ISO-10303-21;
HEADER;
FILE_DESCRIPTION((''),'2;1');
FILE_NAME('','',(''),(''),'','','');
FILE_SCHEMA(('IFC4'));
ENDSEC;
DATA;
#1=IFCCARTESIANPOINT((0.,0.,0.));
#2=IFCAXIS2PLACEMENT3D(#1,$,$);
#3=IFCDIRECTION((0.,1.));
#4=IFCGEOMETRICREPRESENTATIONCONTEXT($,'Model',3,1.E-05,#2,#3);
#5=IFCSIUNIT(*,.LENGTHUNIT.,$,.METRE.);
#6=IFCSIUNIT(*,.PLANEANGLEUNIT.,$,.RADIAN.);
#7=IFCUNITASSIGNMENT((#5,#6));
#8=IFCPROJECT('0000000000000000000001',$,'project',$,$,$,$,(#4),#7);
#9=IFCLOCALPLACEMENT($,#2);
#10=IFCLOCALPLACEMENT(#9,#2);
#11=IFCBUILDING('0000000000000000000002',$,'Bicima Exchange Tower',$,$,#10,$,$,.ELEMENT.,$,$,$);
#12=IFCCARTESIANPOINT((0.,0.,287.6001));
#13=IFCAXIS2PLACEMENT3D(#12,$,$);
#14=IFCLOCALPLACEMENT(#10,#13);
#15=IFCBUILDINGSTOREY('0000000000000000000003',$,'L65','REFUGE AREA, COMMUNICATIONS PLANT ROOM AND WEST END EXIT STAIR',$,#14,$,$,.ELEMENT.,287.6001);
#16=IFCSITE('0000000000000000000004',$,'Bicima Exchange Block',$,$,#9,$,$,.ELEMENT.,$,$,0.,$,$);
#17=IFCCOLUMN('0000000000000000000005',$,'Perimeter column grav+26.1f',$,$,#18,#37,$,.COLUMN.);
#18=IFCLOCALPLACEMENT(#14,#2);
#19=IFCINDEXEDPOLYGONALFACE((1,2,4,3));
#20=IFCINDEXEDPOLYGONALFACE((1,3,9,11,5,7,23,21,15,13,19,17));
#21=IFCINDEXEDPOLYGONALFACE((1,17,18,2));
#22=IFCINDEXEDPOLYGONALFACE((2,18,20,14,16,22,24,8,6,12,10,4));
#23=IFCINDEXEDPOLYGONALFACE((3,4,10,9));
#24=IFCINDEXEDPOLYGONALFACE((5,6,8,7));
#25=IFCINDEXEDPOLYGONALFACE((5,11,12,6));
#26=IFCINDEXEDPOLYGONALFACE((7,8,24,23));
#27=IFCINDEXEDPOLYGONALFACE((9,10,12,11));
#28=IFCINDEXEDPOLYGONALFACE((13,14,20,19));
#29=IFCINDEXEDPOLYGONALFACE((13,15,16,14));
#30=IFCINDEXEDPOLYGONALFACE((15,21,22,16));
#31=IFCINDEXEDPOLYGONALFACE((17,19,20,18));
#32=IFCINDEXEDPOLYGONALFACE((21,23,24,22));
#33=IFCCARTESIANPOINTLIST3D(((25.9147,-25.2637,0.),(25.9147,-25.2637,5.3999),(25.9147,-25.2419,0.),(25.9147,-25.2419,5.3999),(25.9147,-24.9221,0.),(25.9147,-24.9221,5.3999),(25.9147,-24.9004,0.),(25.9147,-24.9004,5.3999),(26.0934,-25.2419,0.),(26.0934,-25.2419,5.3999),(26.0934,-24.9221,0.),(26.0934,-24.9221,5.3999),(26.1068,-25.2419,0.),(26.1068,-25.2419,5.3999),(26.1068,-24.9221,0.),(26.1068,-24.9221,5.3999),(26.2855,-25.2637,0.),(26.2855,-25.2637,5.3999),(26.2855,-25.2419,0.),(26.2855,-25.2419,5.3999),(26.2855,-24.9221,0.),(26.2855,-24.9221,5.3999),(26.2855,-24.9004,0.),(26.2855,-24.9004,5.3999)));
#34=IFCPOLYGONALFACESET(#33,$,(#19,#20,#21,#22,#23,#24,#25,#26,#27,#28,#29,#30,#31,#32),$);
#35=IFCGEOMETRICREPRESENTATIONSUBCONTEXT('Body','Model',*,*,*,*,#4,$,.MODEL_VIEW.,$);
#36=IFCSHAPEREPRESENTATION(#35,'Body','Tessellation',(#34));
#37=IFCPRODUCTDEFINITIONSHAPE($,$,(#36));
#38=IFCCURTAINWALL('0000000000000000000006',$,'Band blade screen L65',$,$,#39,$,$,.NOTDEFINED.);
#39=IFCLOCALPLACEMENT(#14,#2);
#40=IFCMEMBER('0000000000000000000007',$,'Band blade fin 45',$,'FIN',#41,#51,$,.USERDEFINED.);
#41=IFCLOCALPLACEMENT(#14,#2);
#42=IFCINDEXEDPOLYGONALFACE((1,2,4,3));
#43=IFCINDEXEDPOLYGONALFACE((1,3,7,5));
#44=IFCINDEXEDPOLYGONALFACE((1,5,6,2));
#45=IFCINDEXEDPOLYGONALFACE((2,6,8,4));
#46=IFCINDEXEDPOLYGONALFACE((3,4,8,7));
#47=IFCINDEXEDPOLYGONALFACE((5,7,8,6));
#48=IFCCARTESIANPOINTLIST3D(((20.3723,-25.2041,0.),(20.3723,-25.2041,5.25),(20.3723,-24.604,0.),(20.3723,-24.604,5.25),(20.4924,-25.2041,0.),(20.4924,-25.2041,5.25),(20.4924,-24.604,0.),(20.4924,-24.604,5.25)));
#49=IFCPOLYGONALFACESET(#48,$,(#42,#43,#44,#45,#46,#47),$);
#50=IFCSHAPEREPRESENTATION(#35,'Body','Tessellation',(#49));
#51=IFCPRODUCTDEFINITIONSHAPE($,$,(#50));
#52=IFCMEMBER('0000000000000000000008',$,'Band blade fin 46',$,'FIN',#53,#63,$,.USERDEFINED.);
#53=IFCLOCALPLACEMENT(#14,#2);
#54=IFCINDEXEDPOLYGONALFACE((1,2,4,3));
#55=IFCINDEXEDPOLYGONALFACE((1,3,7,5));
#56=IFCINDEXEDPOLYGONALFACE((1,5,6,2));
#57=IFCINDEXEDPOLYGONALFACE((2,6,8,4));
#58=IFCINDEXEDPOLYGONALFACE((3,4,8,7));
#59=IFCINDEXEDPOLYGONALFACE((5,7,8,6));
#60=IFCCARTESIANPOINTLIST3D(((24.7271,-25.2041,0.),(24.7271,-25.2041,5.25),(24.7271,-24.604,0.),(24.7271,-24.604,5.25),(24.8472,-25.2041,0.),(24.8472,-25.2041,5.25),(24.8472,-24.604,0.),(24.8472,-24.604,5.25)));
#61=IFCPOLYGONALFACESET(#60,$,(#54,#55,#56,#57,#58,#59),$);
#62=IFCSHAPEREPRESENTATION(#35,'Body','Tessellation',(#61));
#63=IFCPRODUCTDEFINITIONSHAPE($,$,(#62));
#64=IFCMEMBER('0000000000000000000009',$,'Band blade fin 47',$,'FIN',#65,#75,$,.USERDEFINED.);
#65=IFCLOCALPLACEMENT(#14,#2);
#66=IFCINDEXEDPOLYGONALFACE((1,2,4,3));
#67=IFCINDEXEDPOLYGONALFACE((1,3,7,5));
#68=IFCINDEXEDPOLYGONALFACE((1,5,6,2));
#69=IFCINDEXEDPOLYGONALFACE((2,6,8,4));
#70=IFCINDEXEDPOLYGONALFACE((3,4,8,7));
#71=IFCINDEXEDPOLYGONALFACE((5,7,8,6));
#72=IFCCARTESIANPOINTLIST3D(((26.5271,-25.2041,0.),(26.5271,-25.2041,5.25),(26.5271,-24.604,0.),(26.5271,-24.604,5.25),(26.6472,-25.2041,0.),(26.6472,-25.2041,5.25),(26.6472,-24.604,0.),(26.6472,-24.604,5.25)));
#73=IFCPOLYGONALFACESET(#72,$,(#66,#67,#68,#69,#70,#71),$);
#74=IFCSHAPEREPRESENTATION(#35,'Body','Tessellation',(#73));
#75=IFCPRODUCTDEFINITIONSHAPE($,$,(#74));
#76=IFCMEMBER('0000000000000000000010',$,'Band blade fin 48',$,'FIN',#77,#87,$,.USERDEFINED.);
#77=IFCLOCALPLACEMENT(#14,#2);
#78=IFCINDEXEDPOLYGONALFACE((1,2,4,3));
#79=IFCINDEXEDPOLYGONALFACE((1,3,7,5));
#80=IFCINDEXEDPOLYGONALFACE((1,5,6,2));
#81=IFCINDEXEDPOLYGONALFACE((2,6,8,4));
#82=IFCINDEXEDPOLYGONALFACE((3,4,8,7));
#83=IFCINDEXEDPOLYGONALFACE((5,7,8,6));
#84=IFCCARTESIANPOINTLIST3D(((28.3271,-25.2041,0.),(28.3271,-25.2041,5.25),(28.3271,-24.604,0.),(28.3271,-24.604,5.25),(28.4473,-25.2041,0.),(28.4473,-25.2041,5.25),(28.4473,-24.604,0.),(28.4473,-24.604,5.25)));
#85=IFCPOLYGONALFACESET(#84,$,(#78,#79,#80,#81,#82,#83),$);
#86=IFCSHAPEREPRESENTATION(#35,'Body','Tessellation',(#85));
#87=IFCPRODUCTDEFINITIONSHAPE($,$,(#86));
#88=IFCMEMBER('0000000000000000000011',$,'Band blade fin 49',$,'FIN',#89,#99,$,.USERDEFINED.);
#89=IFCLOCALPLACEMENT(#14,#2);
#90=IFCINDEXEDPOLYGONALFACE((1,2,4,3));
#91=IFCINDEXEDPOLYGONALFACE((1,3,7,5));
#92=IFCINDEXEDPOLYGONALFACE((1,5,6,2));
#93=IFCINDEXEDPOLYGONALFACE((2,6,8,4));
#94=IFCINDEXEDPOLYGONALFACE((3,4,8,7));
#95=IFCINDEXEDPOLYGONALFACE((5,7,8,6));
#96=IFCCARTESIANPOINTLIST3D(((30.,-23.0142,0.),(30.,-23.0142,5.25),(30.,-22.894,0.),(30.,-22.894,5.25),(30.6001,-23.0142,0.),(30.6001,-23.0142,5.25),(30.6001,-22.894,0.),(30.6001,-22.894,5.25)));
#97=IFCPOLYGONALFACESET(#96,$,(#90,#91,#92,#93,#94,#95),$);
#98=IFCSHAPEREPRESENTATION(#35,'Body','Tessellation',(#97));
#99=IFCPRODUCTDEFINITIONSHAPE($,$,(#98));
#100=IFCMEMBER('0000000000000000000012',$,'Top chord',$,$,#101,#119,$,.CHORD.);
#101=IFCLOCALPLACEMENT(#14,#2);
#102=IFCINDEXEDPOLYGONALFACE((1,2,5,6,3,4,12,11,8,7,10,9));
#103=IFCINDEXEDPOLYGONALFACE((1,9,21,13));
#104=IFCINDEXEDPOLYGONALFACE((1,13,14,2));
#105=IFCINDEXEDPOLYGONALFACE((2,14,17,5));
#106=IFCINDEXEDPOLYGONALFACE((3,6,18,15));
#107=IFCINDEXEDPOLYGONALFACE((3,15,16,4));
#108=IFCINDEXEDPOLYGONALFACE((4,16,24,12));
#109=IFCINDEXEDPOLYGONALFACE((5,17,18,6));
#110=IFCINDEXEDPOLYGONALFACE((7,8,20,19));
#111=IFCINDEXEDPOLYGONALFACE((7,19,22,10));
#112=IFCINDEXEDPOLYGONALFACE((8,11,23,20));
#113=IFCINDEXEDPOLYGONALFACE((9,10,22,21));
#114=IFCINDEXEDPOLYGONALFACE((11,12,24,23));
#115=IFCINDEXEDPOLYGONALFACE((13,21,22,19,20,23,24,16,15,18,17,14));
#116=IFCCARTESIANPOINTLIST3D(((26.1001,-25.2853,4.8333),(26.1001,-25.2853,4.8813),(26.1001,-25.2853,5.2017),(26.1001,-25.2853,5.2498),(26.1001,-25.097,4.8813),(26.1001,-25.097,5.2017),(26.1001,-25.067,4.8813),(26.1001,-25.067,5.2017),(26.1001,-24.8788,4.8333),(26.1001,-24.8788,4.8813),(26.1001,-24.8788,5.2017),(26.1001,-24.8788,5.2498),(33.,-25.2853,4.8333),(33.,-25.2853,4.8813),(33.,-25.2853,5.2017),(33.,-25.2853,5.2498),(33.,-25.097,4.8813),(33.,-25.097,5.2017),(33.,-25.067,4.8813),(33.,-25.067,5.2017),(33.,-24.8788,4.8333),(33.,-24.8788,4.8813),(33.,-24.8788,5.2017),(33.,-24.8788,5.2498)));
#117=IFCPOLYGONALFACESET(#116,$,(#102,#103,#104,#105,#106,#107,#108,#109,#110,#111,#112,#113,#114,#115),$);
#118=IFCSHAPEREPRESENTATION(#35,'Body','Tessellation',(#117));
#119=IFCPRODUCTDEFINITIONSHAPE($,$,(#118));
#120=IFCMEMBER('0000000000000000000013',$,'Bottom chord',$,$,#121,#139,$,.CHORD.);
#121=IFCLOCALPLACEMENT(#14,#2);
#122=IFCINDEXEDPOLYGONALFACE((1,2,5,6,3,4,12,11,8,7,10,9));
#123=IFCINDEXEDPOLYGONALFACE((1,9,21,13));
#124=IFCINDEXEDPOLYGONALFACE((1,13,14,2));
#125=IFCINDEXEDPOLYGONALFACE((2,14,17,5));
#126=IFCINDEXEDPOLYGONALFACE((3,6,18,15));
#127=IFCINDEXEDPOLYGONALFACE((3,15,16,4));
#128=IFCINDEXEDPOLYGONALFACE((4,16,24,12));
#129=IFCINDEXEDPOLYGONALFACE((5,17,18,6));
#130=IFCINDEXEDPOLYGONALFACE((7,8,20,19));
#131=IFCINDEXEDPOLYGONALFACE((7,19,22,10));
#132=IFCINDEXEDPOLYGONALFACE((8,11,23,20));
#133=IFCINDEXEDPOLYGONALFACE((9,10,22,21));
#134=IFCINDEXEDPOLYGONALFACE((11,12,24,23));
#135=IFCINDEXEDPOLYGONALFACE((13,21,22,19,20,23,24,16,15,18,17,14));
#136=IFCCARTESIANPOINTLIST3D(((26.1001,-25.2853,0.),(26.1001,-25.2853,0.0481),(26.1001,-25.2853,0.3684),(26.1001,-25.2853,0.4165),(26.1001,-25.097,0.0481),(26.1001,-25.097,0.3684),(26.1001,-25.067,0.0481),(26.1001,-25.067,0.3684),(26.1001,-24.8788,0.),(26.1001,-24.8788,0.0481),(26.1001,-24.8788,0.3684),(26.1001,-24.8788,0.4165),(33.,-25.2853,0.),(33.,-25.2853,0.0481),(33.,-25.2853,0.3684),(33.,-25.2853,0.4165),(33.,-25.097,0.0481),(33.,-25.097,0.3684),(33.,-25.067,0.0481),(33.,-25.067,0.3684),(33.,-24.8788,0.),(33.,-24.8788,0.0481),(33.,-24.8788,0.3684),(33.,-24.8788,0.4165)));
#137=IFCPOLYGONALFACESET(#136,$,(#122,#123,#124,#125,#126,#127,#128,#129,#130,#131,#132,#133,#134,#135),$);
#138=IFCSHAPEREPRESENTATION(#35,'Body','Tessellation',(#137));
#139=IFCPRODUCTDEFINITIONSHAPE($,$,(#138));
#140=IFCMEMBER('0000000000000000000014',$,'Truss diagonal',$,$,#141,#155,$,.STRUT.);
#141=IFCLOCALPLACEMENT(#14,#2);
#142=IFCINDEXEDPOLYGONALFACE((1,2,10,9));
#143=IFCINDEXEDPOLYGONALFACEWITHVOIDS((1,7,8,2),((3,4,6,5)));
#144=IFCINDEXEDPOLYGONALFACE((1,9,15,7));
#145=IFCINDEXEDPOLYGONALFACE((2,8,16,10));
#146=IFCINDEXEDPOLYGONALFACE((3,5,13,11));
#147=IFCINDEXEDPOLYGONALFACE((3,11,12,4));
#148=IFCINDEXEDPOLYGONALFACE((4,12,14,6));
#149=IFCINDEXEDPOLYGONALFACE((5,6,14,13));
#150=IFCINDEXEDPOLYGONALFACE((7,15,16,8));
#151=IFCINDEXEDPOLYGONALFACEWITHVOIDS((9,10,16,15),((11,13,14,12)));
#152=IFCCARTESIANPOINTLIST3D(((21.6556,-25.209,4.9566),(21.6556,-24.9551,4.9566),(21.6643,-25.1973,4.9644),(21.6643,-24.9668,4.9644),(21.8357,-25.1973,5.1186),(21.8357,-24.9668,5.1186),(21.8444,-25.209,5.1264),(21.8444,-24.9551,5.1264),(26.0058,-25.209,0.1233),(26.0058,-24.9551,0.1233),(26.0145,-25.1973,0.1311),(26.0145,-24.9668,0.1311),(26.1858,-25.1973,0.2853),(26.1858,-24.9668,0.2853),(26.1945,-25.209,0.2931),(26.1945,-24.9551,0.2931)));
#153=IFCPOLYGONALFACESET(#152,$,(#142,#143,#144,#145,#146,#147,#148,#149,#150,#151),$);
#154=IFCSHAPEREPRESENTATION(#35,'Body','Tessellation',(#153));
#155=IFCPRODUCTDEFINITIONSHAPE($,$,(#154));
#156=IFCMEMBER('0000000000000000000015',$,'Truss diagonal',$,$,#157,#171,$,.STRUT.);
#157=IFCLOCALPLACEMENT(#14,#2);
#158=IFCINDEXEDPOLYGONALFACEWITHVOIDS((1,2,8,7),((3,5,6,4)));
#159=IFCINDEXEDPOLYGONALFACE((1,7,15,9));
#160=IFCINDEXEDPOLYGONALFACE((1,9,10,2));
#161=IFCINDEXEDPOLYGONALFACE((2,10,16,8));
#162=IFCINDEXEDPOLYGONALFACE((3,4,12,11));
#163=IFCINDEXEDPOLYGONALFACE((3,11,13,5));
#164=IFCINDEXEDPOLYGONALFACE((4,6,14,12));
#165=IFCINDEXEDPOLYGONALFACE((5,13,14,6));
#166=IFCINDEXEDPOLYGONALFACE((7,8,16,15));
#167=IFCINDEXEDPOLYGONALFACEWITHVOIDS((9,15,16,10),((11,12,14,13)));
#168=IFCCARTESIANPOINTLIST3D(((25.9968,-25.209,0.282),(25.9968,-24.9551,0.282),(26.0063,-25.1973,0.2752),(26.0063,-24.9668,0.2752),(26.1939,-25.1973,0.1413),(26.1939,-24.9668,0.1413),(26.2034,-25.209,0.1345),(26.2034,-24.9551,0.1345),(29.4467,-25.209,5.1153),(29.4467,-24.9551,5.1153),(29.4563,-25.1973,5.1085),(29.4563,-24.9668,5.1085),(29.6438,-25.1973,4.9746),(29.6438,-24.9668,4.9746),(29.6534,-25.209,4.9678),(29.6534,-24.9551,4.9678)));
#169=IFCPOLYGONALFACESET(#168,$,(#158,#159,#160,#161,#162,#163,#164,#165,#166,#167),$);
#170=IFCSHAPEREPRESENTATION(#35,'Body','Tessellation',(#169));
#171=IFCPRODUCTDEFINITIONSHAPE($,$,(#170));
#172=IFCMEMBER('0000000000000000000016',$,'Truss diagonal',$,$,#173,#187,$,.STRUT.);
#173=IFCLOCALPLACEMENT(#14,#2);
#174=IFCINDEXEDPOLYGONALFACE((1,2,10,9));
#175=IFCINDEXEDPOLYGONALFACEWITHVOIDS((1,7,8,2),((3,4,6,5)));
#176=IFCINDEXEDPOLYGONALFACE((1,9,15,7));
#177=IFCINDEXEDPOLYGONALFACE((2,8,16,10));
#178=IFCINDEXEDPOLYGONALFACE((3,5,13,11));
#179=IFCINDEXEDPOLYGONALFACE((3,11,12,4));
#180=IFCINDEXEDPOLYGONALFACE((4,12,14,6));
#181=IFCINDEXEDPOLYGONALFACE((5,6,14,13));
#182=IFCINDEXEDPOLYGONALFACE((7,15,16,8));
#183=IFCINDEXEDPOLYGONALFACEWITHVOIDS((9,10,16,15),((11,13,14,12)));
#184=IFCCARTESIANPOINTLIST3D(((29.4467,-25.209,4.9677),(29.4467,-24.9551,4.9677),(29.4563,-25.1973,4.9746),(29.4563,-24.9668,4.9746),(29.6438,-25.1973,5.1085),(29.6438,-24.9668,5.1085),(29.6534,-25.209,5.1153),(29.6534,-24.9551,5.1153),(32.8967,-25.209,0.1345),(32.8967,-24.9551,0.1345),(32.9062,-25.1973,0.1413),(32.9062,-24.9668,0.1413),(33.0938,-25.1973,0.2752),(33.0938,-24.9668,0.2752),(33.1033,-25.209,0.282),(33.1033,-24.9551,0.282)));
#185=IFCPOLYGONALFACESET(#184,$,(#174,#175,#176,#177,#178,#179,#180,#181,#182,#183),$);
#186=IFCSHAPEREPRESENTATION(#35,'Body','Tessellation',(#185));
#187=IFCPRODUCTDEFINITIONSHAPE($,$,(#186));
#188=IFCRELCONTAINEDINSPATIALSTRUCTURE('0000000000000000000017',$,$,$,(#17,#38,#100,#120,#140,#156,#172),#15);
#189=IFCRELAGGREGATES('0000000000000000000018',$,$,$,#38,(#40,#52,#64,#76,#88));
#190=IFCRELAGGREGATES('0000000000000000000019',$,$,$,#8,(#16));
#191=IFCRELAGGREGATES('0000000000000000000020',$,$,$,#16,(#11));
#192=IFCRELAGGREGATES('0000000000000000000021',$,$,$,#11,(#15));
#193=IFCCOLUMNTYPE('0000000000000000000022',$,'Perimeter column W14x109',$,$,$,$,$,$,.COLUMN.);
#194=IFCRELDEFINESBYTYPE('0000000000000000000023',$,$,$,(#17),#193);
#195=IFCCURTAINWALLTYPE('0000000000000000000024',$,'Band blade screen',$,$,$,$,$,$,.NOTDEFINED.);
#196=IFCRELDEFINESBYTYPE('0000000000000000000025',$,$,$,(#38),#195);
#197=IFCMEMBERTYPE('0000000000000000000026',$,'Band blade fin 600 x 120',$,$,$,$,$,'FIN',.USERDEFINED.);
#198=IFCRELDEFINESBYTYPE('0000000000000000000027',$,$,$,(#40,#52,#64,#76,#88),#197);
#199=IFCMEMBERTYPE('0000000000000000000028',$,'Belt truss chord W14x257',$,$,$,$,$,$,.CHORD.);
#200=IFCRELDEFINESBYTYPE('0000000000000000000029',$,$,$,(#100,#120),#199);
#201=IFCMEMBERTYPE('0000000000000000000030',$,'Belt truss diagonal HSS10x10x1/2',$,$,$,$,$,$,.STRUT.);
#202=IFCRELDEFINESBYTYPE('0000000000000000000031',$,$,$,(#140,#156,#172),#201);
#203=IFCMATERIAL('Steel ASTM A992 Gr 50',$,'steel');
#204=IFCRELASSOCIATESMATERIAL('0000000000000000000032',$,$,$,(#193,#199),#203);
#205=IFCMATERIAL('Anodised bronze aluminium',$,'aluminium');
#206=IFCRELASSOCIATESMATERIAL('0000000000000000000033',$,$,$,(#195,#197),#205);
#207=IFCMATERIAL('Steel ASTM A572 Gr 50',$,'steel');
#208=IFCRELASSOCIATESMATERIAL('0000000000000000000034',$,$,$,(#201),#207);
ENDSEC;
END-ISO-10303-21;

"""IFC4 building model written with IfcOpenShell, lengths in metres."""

from ifc_helpers import new_model, si_unit, direction, frame, origin, origin_2d, place, context, subcontext, project, spatial, rectangle, hollow_rectangle, i_section, extrude, material, material_profile, profile_set, type_object, element, aggregate, save


model = new_model("IFC4")

# Units and contexts
model_context = context("Model", 3, precision=1e-05, world=origin(), true_north=direction((0.0, 1.0)))
body_context = subcontext(model_context, "Body", "Model", "MODEL_VIEW")
ifc_project = project(units=[si_unit("LENGTHUNIT", "METRE"), si_unit("PLANEANGLEUNIT", "RADIAN")], contexts=[model_context])

# Site, building, storey
site_placement = place(None, origin())
site = spatial("IfcSite", under=ifc_project, at=site_placement, Name="Bicima Exchange Block", CompositionType="ELEMENT", RefElevation=0.0)
building_placement = place(site_placement, origin())
building = spatial("IfcBuilding", under=site, at=building_placement, Name="Bicima Exchange Tower", CompositionType="ELEMENT")
storey_placement = place(building_placement, frame((0.0, 0.0, 287.6001)))
storey = spatial("IfcBuildingStorey", under=building, at=storey_placement, Name="L65", Description="REFUGE AREA, COMMUNICATIONS PLANT ROOM AND WEST END EXIT STAIR", CompositionType="ELEMENT", Elevation=287.6001)

# Column
ifc_material_1 = material(Name="Steel ASTM A992 Gr 50", Category="steel")
ifc_material_profile_1 = material_profile(ifc_material_1, i_section(OverallWidth=0.3708, OverallDepth=0.3633, WebThickness=0.0134, FlangeThickness=0.0217, at=origin_2d()))
ifc_profile_set_1 = profile_set([ifc_material_profile_1], Name="Steel ASTM A992 Gr 50")
column_type = type_object("IfcColumnType", Name="Perimeter column W14x109", PredefinedType="COLUMN", material=ifc_profile_set_1)
column_placement = place(storey_placement, frame((26.1001, -25.082, 0.0), z_axis=(0.0, 0.0, 1.0), x_axis=(1.0, 0.0, 0.0)))
element("IfcColumn", 1, at=column_placement, inside=storey, type_object=column_type, Name="Perimeter column grav+26.1f", PredefinedType="COLUMN", context=body_context, shape_type="SweptSolid", body=[
    extrude(i_section(OverallWidth=0.3708, OverallDepth=0.3633, WebThickness=0.0134, FlangeThickness=0.0217, at=origin_2d()), origin(), (0.0, 0.0, 1.0), 5.3999),
])

# Curtain wall, members
ifc_material_2 = material(Name="Anodised bronze aluminium", Category="aluminium")
curtain_wall_type = type_object("IfcCurtainWallType", Name="Band blade screen", PredefinedType="NOTDEFINED", material=ifc_material_2)
curtain_wall_placement = place(storey_placement, origin())
curtain_wall = element("IfcCurtainWall", 2, at=curtain_wall_placement, inside=storey, type_object=curtain_wall_type, Name="Band blade screen L65", PredefinedType="NOTDEFINED")
ifc_material_profile_2 = material_profile(ifc_material_2, rectangle(XDim=0.6001, YDim=0.1201, at=origin_2d()))
ifc_profile_set_2 = profile_set([ifc_material_profile_2], Name="Anodised bronze aluminium")
member_type_1 = type_object("IfcMemberType", Name="Band blade fin 600 x 120", ElementType="FIN", PredefinedType="USERDEFINED", material=ifc_profile_set_2)
member_1_placement = place(storey_placement, frame((20.4324, -24.9041, 0.0), z_axis=(0.0, 0.0, 1.0), x_axis=(0.0, 1.0, 0.0)))
member_1 = element("IfcMember", 3, at=member_1_placement, type_object=member_type_1, Name="Band blade fin 45", ObjectType="FIN", PredefinedType="USERDEFINED", context=body_context, shape_type="SweptSolid", body=[
    extrude(rectangle(XDim=0.6001, YDim=0.1201, at=origin_2d()), origin(), (0.0, 0.0, 1.0), 5.25),
])
member_2_placement = place(storey_placement, frame((24.7871, -24.9041, 0.0), z_axis=(0.0, 0.0, 1.0), x_axis=(0.0, 1.0, 0.0)))
member_2 = element("IfcMember", 4, at=member_2_placement, type_object=member_type_1, Name="Band blade fin 46", ObjectType="FIN", PredefinedType="USERDEFINED", context=body_context, shape_type="SweptSolid", body=[
    extrude(rectangle(XDim=0.6001, YDim=0.1201, at=origin_2d()), origin(), (0.0, 0.0, 1.0), 5.25),
])
member_3_placement = place(storey_placement, frame((26.5872, -24.9041, 0.0), z_axis=(0.0, 0.0, 1.0), x_axis=(0.0, 1.0, 0.0)))
member_3 = element("IfcMember", 5, at=member_3_placement, type_object=member_type_1, Name="Band blade fin 47", ObjectType="FIN", PredefinedType="USERDEFINED", context=body_context, shape_type="SweptSolid", body=[
    extrude(rectangle(XDim=0.6001, YDim=0.1201, at=origin_2d()), origin(), (0.0, 0.0, 1.0), 5.25),
])
member_4_placement = place(storey_placement, frame((28.3872, -24.9041, 0.0), z_axis=(0.0, 0.0, 1.0), x_axis=(0.0, 1.0, 0.0)))
member_4 = element("IfcMember", 6, at=member_4_placement, type_object=member_type_1, Name="Band blade fin 48", ObjectType="FIN", PredefinedType="USERDEFINED", context=body_context, shape_type="SweptSolid", body=[
    extrude(rectangle(XDim=0.6001, YDim=0.1201, at=origin_2d()), origin(), (0.0, 0.0, 1.0), 5.25),
])
member_5_placement = place(storey_placement, frame((30.3, -22.9541, 0.0), z_axis=(0.0, 0.0, 1.0), x_axis=(-1.0, 0.0, 0.0)))
member_5 = element("IfcMember", 7, at=member_5_placement, type_object=member_type_1, Name="Band blade fin 49", ObjectType="FIN", PredefinedType="USERDEFINED", context=body_context, shape_type="SweptSolid", body=[
    extrude(rectangle(XDim=0.6001, YDim=0.1201, at=origin_2d()), origin(), (0.0, 0.0, 1.0), 5.25),
])
aggregate(curtain_wall, [member_1, member_2, member_3, member_4, member_5])

# Members
ifc_material_profile_3 = material_profile(ifc_material_1, i_section(OverallWidth=0.4065, OverallDepth=0.4165, WebThickness=0.03, FlangeThickness=0.0481, at=origin_2d()))
ifc_profile_set_3 = profile_set([ifc_material_profile_3], Name="Steel ASTM A992 Gr 50")
member_type_2 = type_object("IfcMemberType", Name="Belt truss chord W14x257", PredefinedType="CHORD", material=ifc_profile_set_3)
for number, where, z_axis, x_axis, name in (
    (8, (26.1001, -25.082, 5.0415), (1.0, 0.0, 0.0), (0.0, 1.0, 0.0), "Top chord"),
    (9, (26.1001, -25.082, 0.2083), (1.0, 0.0, 0.0), (0.0, 1.0, 0.0), "Bottom chord"),
):
    element("IfcMember", number, at=place(storey_placement, frame(where, z_axis=z_axis, x_axis=x_axis)), inside=storey, type_object=member_type_2, Name=name, PredefinedType="CHORD", context=body_context, shape_type="SweptSolid", body=[
        extrude(i_section(OverallWidth=0.4065, OverallDepth=0.4165, WebThickness=0.03, FlangeThickness=0.0481, at=origin_2d()), origin(), (0.0, 0.0, 1.0), 6.8999),
    ])
ifc_material_3 = material(Name="Steel ASTM A572 Gr 50", Category="steel")
ifc_material_profile_4 = material_profile(ifc_material_3, hollow_rectangle(XDim=0.2539, YDim=0.2539, WallThickness=0.0117, at=origin_2d()))
ifc_profile_set_4 = profile_set([ifc_material_profile_4], Name="Steel ASTM A572 Gr 50")
member_type_3 = type_object("IfcMemberType", Name="Belt truss diagonal HSS10x10x1/2", PredefinedType="STRUT", material=ifc_profile_set_4)
member_6_placement = place(storey_placement, frame((21.75, -25.082, 5.0415), z_axis=(0.668979, 0.0, -0.743281), x_axis=(0.0, 1.0, 0.0)))
element("IfcMember", 10, at=member_6_placement, inside=storey, type_object=member_type_3, Name="Truss diagonal", PredefinedType="STRUT", context=body_context, shape_type="SweptSolid", body=[
    extrude(hollow_rectangle(XDim=0.2539, YDim=0.2539, WallThickness=0.0117, at=origin_2d()), origin(), (0.0, 0.0, 1.0), 6.5027),
])
for number, where, z_axis, x_axis, name in (
    (11, (26.1001, -25.082, 0.2083), (0.580974, 0.0, 0.813922), (0.0, 1.0, 0.0), "Truss diagonal"),
    (12, (29.55, -25.082, 5.0415), (0.580974, 0.0, -0.813922), (0.0, 1.0, 0.0), "Truss diagonal"),
):
    element("IfcMember", number, at=place(storey_placement, frame(where, z_axis=z_axis, x_axis=x_axis)), inside=storey, type_object=member_type_3, Name=name, PredefinedType="STRUT", context=body_context, shape_type="SweptSolid", body=[
        extrude(hollow_rectangle(XDim=0.2539, YDim=0.2539, WallThickness=0.0117, at=origin_2d()), origin(), (0.0, 0.0, 1.0), 5.9382),
    ])

save(model, "model.ifc")
